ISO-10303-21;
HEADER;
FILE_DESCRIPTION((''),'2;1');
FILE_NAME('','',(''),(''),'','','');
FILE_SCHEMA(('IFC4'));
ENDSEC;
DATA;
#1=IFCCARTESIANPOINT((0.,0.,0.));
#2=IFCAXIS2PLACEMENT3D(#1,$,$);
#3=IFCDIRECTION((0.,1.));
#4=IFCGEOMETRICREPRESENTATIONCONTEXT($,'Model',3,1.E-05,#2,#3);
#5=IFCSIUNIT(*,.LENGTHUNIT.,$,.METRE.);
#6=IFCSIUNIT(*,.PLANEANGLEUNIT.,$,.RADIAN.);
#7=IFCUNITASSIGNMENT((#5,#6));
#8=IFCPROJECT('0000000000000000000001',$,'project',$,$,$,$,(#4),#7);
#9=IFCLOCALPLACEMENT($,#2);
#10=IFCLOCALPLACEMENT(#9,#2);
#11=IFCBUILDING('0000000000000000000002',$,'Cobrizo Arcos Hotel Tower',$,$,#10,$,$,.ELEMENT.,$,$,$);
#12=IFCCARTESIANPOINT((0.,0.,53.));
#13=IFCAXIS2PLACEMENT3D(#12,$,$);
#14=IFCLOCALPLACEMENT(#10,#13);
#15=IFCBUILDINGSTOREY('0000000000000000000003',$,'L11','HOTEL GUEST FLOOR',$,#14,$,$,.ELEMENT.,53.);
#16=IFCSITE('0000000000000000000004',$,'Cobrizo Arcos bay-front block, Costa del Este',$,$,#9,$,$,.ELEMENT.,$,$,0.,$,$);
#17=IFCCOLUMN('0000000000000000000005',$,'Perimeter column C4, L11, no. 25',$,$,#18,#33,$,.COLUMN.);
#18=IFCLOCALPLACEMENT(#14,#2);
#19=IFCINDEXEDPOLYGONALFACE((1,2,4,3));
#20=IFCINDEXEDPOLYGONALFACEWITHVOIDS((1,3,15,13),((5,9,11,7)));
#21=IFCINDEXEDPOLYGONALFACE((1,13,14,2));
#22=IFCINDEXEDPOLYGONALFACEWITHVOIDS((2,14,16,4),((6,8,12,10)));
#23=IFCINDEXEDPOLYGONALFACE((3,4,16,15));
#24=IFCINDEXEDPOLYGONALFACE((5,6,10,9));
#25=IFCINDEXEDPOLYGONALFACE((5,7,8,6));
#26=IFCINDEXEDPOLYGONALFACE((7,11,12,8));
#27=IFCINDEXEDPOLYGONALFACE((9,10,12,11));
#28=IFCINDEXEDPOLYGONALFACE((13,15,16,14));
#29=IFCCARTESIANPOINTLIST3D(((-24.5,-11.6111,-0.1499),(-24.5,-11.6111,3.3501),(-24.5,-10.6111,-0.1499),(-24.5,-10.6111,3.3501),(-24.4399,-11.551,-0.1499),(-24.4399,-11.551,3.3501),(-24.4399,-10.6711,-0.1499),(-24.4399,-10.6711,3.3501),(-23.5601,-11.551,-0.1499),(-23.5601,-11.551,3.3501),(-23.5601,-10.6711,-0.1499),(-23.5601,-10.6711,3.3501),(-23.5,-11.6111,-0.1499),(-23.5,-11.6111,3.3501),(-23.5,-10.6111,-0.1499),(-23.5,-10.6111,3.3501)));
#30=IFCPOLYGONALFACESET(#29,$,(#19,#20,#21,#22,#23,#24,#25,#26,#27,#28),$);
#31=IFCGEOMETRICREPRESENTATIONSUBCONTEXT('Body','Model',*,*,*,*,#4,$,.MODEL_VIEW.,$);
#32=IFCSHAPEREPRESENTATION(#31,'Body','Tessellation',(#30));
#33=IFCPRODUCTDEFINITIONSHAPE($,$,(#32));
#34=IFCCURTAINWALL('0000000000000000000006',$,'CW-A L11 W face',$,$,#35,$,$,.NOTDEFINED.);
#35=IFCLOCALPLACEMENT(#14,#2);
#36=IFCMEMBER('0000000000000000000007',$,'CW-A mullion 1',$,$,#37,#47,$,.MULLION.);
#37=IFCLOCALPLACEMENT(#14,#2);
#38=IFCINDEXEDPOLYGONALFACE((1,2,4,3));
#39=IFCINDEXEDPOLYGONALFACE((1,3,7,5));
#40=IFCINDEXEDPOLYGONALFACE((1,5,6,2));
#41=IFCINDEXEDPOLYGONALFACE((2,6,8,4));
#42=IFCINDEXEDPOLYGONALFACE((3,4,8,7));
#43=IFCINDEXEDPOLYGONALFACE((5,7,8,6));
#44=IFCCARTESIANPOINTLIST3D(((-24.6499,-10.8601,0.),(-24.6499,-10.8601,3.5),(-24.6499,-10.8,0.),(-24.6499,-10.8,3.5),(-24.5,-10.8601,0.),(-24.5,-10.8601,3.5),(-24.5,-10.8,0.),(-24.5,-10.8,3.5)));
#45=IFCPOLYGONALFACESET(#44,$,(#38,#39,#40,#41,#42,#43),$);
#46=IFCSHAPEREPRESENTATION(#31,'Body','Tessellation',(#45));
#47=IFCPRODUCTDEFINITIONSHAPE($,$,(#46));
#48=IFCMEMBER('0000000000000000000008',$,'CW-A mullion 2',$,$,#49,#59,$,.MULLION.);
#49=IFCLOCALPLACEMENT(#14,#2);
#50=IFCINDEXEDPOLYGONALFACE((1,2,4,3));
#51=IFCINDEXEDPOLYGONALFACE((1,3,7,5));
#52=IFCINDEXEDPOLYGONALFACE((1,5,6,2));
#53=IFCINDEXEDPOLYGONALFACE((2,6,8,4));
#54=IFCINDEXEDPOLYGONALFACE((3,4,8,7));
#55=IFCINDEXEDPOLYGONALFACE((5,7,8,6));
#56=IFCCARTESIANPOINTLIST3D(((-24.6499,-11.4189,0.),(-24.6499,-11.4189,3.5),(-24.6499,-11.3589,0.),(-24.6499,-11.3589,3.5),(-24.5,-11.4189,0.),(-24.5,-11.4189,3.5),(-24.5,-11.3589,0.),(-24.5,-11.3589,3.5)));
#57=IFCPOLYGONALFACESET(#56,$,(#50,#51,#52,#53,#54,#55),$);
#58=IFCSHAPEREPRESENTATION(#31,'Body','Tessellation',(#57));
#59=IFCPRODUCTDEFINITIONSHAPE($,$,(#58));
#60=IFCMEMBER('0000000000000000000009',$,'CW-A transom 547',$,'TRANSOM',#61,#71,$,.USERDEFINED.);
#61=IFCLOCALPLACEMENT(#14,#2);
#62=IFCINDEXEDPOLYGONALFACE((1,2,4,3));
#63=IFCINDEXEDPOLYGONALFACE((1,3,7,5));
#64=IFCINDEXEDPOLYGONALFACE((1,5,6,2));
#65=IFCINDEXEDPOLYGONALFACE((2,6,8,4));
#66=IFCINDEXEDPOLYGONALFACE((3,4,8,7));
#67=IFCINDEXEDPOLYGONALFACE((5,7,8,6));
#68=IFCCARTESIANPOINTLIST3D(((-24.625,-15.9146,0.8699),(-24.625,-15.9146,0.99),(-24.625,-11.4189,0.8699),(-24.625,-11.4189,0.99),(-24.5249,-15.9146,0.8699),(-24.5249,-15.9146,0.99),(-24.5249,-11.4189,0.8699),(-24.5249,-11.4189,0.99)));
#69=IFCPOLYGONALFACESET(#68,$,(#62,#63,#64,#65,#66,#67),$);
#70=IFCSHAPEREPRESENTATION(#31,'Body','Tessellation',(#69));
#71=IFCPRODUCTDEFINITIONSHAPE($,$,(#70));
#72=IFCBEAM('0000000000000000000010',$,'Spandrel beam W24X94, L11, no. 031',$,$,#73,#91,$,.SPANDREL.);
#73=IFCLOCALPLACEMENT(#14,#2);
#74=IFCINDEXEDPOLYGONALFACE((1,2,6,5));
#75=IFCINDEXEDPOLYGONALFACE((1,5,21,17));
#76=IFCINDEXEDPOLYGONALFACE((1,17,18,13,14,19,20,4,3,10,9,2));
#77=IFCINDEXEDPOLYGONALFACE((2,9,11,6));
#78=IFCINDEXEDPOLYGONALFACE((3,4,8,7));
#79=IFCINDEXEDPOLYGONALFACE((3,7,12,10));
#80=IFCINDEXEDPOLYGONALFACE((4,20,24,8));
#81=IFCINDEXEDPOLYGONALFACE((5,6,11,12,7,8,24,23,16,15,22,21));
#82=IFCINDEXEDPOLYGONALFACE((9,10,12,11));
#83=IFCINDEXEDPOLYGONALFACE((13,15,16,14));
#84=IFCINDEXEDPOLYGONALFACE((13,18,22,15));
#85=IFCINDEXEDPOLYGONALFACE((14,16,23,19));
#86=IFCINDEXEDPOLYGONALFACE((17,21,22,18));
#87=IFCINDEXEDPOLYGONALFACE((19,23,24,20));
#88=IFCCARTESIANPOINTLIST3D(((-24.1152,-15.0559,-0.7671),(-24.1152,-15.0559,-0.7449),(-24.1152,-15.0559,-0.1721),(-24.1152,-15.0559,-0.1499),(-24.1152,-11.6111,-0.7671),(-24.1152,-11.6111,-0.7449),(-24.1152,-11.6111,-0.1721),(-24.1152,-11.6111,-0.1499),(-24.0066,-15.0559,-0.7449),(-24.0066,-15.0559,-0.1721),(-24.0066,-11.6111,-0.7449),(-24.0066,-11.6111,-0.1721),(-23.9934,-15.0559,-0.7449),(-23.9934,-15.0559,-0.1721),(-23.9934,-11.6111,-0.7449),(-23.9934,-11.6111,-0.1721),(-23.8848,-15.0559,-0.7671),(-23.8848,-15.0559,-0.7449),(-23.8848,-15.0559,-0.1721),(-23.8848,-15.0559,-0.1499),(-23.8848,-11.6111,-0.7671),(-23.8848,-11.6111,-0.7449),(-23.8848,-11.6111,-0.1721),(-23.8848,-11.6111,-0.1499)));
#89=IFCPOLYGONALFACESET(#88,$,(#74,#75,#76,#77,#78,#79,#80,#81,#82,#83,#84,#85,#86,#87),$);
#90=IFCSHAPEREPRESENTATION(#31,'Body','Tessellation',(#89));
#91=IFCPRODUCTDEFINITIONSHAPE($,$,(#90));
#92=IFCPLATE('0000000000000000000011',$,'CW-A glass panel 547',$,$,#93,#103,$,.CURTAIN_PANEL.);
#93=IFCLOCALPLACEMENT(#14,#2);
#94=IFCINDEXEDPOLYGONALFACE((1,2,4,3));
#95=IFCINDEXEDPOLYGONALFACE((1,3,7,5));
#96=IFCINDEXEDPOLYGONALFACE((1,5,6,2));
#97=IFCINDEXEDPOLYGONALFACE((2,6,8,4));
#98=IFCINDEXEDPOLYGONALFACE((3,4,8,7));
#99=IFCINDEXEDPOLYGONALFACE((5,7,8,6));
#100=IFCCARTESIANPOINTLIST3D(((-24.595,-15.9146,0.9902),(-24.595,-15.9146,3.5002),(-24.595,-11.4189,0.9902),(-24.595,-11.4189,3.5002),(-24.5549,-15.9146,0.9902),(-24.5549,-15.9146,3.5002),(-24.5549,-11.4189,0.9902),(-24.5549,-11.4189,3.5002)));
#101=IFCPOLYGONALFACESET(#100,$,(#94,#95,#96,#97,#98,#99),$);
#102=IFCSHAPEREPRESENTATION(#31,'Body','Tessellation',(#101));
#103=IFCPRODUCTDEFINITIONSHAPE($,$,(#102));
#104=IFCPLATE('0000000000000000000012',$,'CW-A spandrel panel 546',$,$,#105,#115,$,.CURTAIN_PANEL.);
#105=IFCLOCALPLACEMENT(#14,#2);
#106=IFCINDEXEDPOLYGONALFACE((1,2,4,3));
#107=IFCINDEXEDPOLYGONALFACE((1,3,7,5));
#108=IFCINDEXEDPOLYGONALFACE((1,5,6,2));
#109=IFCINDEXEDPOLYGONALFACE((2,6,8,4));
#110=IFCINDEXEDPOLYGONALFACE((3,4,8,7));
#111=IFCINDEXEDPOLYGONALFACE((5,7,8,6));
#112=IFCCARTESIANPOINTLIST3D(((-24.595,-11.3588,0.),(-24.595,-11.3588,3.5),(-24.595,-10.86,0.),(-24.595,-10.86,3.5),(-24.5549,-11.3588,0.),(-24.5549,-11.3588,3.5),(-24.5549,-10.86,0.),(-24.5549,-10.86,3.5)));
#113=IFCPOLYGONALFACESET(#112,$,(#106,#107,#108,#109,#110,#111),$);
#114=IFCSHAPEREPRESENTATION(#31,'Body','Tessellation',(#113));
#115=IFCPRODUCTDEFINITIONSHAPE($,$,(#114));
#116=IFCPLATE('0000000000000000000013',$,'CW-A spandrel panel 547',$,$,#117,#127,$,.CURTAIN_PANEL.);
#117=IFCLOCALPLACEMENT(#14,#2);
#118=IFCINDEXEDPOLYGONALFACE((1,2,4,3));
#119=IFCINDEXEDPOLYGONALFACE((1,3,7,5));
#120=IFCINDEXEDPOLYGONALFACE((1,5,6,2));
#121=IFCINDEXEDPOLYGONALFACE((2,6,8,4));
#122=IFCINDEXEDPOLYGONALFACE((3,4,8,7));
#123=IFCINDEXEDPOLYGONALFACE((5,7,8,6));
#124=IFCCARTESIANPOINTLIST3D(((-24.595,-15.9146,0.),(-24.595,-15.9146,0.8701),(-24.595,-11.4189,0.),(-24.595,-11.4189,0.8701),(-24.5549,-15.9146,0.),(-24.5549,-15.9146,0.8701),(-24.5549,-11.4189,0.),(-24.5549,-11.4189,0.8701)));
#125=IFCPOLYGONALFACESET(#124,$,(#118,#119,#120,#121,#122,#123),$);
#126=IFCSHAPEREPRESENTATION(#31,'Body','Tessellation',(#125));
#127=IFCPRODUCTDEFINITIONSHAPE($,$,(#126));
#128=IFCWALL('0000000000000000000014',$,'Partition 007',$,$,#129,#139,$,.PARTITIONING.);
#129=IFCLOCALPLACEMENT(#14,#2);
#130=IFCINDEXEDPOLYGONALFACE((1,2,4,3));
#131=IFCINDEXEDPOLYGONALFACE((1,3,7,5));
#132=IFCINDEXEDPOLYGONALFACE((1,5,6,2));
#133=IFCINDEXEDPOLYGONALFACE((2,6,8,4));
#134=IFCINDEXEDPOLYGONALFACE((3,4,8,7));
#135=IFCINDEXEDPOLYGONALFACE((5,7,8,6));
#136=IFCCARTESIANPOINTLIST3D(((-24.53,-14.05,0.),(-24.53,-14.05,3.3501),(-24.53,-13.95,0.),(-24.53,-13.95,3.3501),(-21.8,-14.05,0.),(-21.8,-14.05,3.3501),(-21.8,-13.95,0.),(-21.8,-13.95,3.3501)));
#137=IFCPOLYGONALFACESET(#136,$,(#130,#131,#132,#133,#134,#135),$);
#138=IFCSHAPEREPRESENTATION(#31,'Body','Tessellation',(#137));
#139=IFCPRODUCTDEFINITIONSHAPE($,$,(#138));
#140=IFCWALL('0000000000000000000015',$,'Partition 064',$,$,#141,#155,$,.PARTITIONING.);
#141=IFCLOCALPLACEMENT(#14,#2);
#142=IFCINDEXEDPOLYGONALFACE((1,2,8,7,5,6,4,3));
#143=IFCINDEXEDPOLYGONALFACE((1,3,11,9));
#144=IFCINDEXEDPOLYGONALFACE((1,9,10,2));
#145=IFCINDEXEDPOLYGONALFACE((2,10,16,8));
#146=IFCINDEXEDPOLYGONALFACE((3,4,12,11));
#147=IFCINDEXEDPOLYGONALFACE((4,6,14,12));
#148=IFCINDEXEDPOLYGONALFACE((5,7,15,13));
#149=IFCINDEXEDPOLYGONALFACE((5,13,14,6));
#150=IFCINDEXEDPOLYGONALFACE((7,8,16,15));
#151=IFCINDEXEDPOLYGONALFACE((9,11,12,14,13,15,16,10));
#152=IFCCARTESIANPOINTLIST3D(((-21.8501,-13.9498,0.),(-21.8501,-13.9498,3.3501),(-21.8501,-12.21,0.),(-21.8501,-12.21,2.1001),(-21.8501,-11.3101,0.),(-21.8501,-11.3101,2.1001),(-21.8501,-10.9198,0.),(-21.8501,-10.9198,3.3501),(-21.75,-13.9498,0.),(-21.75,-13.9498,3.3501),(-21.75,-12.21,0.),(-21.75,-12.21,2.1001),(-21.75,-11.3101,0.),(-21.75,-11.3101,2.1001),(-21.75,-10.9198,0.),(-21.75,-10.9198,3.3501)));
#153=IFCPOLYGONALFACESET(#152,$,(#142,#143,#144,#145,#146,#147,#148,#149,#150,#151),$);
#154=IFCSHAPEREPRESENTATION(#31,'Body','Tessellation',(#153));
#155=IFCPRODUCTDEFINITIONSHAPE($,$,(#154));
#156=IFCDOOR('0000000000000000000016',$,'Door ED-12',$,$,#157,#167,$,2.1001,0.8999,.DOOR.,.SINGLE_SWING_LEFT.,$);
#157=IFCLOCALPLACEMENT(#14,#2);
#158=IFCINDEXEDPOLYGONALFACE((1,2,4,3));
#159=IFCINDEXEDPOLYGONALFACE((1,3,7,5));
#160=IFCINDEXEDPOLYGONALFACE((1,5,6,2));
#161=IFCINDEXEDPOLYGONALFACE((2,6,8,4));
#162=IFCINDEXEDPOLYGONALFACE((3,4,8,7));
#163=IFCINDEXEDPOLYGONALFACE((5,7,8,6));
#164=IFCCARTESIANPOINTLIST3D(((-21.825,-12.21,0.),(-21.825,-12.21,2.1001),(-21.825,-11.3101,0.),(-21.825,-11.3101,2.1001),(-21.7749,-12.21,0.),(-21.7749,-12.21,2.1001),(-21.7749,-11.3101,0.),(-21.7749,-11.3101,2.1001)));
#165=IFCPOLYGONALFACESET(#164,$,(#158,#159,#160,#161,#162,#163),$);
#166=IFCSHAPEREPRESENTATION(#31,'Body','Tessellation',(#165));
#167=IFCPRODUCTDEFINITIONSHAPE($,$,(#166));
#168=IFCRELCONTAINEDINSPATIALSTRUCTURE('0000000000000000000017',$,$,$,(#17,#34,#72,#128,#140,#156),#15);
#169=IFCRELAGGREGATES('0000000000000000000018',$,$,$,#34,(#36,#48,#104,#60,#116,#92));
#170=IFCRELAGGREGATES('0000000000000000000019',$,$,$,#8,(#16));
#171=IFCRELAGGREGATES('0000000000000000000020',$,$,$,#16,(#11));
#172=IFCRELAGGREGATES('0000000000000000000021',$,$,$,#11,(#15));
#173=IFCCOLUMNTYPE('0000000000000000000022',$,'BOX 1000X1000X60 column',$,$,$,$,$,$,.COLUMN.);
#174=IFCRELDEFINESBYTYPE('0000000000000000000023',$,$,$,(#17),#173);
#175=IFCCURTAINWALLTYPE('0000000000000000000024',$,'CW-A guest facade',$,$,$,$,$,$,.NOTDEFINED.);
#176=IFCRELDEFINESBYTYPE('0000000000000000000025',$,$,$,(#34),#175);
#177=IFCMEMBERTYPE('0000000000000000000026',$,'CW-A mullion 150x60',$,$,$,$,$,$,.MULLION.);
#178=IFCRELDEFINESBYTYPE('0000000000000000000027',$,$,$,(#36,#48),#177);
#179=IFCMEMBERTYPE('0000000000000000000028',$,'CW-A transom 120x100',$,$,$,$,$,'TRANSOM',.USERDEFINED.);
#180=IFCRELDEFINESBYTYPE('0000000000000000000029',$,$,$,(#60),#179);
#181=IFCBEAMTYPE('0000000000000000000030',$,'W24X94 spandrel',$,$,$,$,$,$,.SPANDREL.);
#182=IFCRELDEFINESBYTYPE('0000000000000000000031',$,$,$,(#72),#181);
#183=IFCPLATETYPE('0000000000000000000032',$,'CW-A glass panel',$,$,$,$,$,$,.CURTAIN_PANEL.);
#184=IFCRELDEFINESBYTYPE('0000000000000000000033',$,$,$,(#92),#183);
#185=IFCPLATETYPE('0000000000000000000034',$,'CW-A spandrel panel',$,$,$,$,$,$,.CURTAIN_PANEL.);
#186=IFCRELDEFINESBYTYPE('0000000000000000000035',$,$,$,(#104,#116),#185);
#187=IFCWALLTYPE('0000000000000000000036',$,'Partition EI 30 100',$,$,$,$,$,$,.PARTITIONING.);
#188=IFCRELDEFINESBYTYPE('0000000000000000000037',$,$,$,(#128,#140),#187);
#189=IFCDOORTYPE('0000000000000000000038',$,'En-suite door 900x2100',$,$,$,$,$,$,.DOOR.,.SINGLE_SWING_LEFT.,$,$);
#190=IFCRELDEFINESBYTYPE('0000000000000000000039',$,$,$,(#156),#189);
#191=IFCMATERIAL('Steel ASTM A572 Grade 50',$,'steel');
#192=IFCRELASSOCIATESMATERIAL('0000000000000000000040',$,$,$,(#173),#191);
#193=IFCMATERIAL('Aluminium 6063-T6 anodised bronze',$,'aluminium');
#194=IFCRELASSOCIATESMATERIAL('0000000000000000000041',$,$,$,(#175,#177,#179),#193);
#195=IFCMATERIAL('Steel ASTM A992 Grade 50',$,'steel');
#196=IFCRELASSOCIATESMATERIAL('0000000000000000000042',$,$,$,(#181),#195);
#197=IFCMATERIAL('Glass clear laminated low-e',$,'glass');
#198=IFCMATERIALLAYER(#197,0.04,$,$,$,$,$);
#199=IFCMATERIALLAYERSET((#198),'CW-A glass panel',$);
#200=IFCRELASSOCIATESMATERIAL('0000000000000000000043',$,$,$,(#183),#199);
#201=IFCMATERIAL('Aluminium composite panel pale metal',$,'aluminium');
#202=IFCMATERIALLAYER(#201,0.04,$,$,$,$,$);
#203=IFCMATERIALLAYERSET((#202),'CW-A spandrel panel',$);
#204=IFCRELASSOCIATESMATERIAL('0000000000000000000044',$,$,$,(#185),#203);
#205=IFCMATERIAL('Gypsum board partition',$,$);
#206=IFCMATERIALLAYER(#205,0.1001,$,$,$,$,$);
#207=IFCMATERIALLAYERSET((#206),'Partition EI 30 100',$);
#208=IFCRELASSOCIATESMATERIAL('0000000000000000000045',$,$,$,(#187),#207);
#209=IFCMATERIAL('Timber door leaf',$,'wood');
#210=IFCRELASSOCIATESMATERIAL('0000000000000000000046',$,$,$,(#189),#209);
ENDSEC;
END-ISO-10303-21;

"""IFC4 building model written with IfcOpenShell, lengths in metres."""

from ifc_helpers import new_model, si_unit, direction, frame, frame_2d, origin, origin_2d, place, context, subcontext, project, spatial, rectangle, hollow_rectangle, i_section, extrude, material, layer, layer_set, material_profile, profile_set, type_object, element, fill, aggregate, save


model = new_model("IFC4")

# Units and contexts
model_context = context("Model", 3, precision=1e-05, world=origin(), true_north=direction((0.0, 1.0)))
body_context = subcontext(model_context, "Body", "Model", "MODEL_VIEW")
ifc_project = project(units=[si_unit("LENGTHUNIT", "METRE"), si_unit("PLANEANGLEUNIT", "RADIAN")], contexts=[model_context])

# Site, building, storey
site_placement = place(None, origin())
site = spatial("IfcSite", under=ifc_project, at=site_placement, Name="Cobrizo Arcos bay-front block, Costa del Este", CompositionType="ELEMENT", RefElevation=0.0)
building_placement = place(site_placement, origin())
building = spatial("IfcBuilding", under=site, at=building_placement, Name="Cobrizo Arcos Hotel Tower", CompositionType="ELEMENT")
storey_placement = place(building_placement, frame((0.0, 0.0, 53.0)))
storey = spatial("IfcBuildingStorey", under=building, at=storey_placement, Name="L11", Description="HOTEL GUEST FLOOR", CompositionType="ELEMENT", Elevation=53.0)

# Column
ifc_material_1 = material(Name="Steel ASTM A572 Grade 50", Category="steel")
ifc_material_profile_1 = material_profile(ifc_material_1, hollow_rectangle(XDim=1.0, YDim=1.0, WallThickness=0.0601, at=origin_2d()), Name="BOX 1000X1000X60")
ifc_profile_set_1 = profile_set([ifc_material_profile_1], Name="Steel ASTM A572 Grade 50")
column_type = type_object("IfcColumnType", Name="BOX 1000X1000X60 column", PredefinedType="COLUMN", material=ifc_profile_set_1)
column_placement = place(storey_placement, frame((-24.0, -11.1111, -0.1499), z_axis=(0.0, 0.0, 1.0), x_axis=(1.0, 0.0, 0.0)))
element("IfcColumn", 1, at=column_placement, inside=storey, type_object=column_type, Name="Perimeter column C4, L11, no. 25", PredefinedType="COLUMN", context=body_context, shape_type="SweptSolid", body=[
    extrude(hollow_rectangle(XDim=1.0, YDim=1.0, WallThickness=0.0601, at=origin_2d()), origin(), (0.0, 0.0, 1.0), 3.5),
])

# Curtain wall, members
ifc_material_2 = material(Name="Aluminium 6063-T6 anodised bronze", Category="aluminium")
curtain_wall_type = type_object("IfcCurtainWallType", Name="CW-A guest facade", PredefinedType="NOTDEFINED", material=ifc_material_2)
curtain_wall_placement = place(storey_placement, origin())
curtain_wall = element("IfcCurtainWall", 2, at=curtain_wall_placement, inside=storey, type_object=curtain_wall_type, Name="CW-A L11 W face", PredefinedType="NOTDEFINED")
ifc_material_profile_2 = material_profile(ifc_material_2, rectangle(XDim=0.1499, YDim=0.0601, at=origin_2d()), Name="CW-A mullion 150x60")
ifc_profile_set_2 = profile_set([ifc_material_profile_2], Name="Aluminium 6063-T6 anodised bronze")
member_type_1 = type_object("IfcMemberType", Name="CW-A mullion 150x60", PredefinedType="MULLION", material=ifc_profile_set_2)
member_1_placement = place(storey_placement, frame((-24.575, -10.8301, 0.0), z_axis=(0.0, 0.0, 1.0), x_axis=(-1.0, 0.0, 0.0)))
member_1 = element("IfcMember", 3, at=member_1_placement, type_object=member_type_1, Name="CW-A mullion 1", PredefinedType="MULLION", context=body_context, shape_type="SweptSolid", body=[
    extrude(rectangle(XDim=0.1499, YDim=0.0601, at=origin_2d()), origin(), (0.0, 0.0, 1.0), 3.5),
])
member_2_placement = place(storey_placement, frame((-24.575, -11.3889, 0.0), z_axis=(0.0, 0.0, 1.0), x_axis=(-1.0, 0.0, 0.0)))
member_2 = element("IfcMember", 4, at=member_2_placement, type_object=member_type_1, Name="CW-A mullion 2", PredefinedType="MULLION", context=body_context, shape_type="SweptSolid", body=[
    extrude(rectangle(XDim=0.1499, YDim=0.0601, at=origin_2d()), origin(), (0.0, 0.0, 1.0), 3.5),
])
ifc_material_profile_3 = material_profile(ifc_material_2, rectangle(XDim=0.1001, YDim=0.1201, at=origin_2d()), Name="CW-A transom 120x100")
ifc_profile_set_3 = profile_set([ifc_material_profile_3], Name="Aluminium 6063-T6 anodised bronze")
member_type_2 = type_object("IfcMemberType", Name="CW-A transom 120x100", ElementType="TRANSOM", PredefinedType="USERDEFINED", material=ifc_profile_set_3)
member_3_placement = place(storey_placement, frame((-24.575, -11.4189, 0.9299), z_axis=(0.0, -1.0, 0.0), x_axis=(1.0, 0.0, 0.0)))
member_3 = element("IfcMember", 5, at=member_3_placement, type_object=member_type_2, Name="CW-A transom 547", ObjectType="TRANSOM", PredefinedType="USERDEFINED", context=body_context, shape_type="SweptSolid", body=[
    extrude(rectangle(XDim=0.1001, YDim=0.1201, at=origin_2d()), origin(), (0.0, 0.0, 1.0), 4.4956),
])

# Beam
ifc_material_3 = material(Name="Steel ASTM A992 Grade 50", Category="steel")
ifc_material_profile_4 = material_profile(ifc_material_3, i_section(OverallWidth=0.2305, OverallDepth=0.6172, WebThickness=0.0132, FlangeThickness=0.0222, at=origin_2d()), Name="W24X94")
ifc_profile_set_4 = profile_set([ifc_material_profile_4], Name="Steel ASTM A992 Grade 50")
beam_type = type_object("IfcBeamType", Name="W24X94 spandrel", PredefinedType="SPANDREL", material=ifc_profile_set_4)
beam_placement = place(storey_placement, frame((-24.0, -11.6111, -0.4585), z_axis=(0.0, -1.0, 0.0), x_axis=(1.0, 0.0, 0.0)))
element("IfcBeam", 6, at=beam_placement, inside=storey, type_object=beam_type, Name="Spandrel beam W24X94, L11, no. 031", PredefinedType="SPANDREL", context=body_context, shape_type="SweptSolid", body=[
    extrude(i_section(OverallWidth=0.2305, OverallDepth=0.6172, WebThickness=0.0132, FlangeThickness=0.0222, at=origin_2d()), origin(), (0.0, 0.0, 1.0), 3.4448),
])

# Plates
ifc_material_4 = material(Name="Glass clear laminated low-e", Category="glass")
ifc_layer_1 = layer(ifc_material_4, 0.04)
ifc_layer_set_1 = layer_set([ifc_layer_1], Name="CW-A glass panel")
plate_type_1 = type_object("IfcPlateType", Name="CW-A glass panel", PredefinedType="CURTAIN_PANEL", material=ifc_layer_set_1)
plate_1_placement = place(storey_placement, frame((-24.575, -13.6667, 0.9902), z_axis=(0.0, 0.0, 1.0), x_axis=(0.0, -1.0, 0.0)))
plate_1 = element("IfcPlate", 7, at=plate_1_placement, type_object=plate_type_1, Name="CW-A glass panel 547", PredefinedType="CURTAIN_PANEL", context=body_context, shape_type="SweptSolid", body=[
    extrude(rectangle(XDim=4.4956, YDim=0.04, at=origin_2d()), origin(), (0.0, 0.0, 1.0), 2.51),
])
ifc_material_5 = material(Name="Aluminium composite panel pale metal", Category="aluminium")
ifc_layer_2 = layer(ifc_material_5, 0.04)
ifc_layer_set_2 = layer_set([ifc_layer_2], Name="CW-A spandrel panel")
plate_type_2 = type_object("IfcPlateType", Name="CW-A spandrel panel", PredefinedType="CURTAIN_PANEL", material=ifc_layer_set_2)
plate_2_placement = place(storey_placement, frame((-24.575, -11.1094, 0.0), z_axis=(0.0, 0.0, 1.0), x_axis=(0.0, -1.0, 0.0)))
plate_2 = element("IfcPlate", 8, at=plate_2_placement, type_object=plate_type_2, Name="CW-A spandrel panel 546", PredefinedType="CURTAIN_PANEL", context=body_context, shape_type="SweptSolid", body=[
    extrude(rectangle(XDim=0.4988, YDim=0.04, at=origin_2d()), origin(), (0.0, 0.0, 1.0), 3.5),
])
plate_3_placement = place(storey_placement, frame((-24.575, -13.6667, 0.0), z_axis=(0.0, 0.0, 1.0), x_axis=(0.0, -1.0, 0.0)))
plate_3 = element("IfcPlate", 9, at=plate_3_placement, type_object=plate_type_2, Name="CW-A spandrel panel 547", PredefinedType="CURTAIN_PANEL", context=body_context, shape_type="SweptSolid", body=[
    extrude(rectangle(XDim=4.4956, YDim=0.04, at=origin_2d()), origin(), (0.0, 0.0, 1.0), 0.8701),
])
aggregate(curtain_wall, [member_1, member_2, plate_2, member_3, plate_3, plate_1])

# Wall
ifc_material_6 = material(Name="Gypsum board partition")
ifc_layer_3 = layer(ifc_material_6, 0.1001)
ifc_layer_set_3 = layer_set([ifc_layer_3], Name="Partition EI 30 100")
wall_type_1 = type_object("IfcWallType", Name="Partition EI 30 100", PredefinedType="PARTITIONING", material=ifc_layer_set_3)
wall_1_placement = place(storey_placement, frame((-24.53, -14.0, 0.0), z_axis=(0.0, 0.0, 1.0), x_axis=(1.0, 0.0, 0.0)))
element("IfcWall", 10, at=wall_1_placement, inside=storey, type_object=wall_type_1, Name="Partition 007", PredefinedType="PARTITIONING", context=body_context, shape_type="SweptSolid", body=[
    extrude(rectangle(XDim=2.73, YDim=0.1001, at=frame_2d((1.365, 0.0))), origin(), (0.0, 0.0, 1.0), 3.3501),
])

# Wall, opening, door
wall_2_placement = place(storey_placement, frame((-21.8, -13.95, 0.0), z_axis=(0.0, 0.0, 1.0), x_axis=(0.0, 1.0, 0.0)))
wall_2 = element("IfcWall", 11, at=wall_2_placement, inside=storey, type_object=wall_type_1, Name="Partition 064", PredefinedType="PARTITIONING", context=body_context, shape_type="SweptSolid", body=[
    extrude(rectangle(XDim=3.03, YDim=0.1001, at=frame_2d((1.5151, 0.0))), origin(), (0.0, 0.0, 1.0), 3.3501),
])
opening_1_placement = place(wall_2_placement, frame((1.74, 0.0, 0.0)))
opening_1 = element("IfcOpeningElement", 12, at=opening_1_placement, cuts=wall_2, PredefinedType="OPENING", context=body_context, shape_type="SweptSolid", body=[
    extrude(rectangle(XDim=0.8999, YDim=2.1001, at=frame_2d((0.45, 1.05))), frame((0.0, 0.062, 0.0), z_axis=(0.0, -1.0, 0.0), x_axis=(1.0, 0.0, 0.0)), (0.0, 0.0, 1.0), 0.124),
])
ifc_material_7 = material(Name="Timber door leaf", Category="wood")
door_type_1 = type_object("IfcDoorType", Name="En-suite door 900x2100", OperationType="SINGLE_SWING_LEFT", PredefinedType="DOOR", material=ifc_material_7)
door_1_placement = place(opening_1_placement, origin())
door_1 = element("IfcDoor", 13, at=door_1_placement, inside=storey, type_object=door_type_1, Name="Door ED-12", OperationType="SINGLE_SWING_LEFT", OverallHeight=2.1001, OverallWidth=0.8999, PredefinedType="DOOR", context=body_context, shape_type="SweptSolid", body=[
    extrude(rectangle(XDim=0.8999, YDim=2.1001, at=frame_2d((0.45, 1.05))), frame((0.0, 0.0249, 0.0), z_axis=(0.0, -1.0, 0.0), x_axis=(1.0, 0.0, 0.0)), (0.0, 0.0, 1.0), 0.05),
])
fill(opening_1, door_1)

save(model, "model.ifc")
